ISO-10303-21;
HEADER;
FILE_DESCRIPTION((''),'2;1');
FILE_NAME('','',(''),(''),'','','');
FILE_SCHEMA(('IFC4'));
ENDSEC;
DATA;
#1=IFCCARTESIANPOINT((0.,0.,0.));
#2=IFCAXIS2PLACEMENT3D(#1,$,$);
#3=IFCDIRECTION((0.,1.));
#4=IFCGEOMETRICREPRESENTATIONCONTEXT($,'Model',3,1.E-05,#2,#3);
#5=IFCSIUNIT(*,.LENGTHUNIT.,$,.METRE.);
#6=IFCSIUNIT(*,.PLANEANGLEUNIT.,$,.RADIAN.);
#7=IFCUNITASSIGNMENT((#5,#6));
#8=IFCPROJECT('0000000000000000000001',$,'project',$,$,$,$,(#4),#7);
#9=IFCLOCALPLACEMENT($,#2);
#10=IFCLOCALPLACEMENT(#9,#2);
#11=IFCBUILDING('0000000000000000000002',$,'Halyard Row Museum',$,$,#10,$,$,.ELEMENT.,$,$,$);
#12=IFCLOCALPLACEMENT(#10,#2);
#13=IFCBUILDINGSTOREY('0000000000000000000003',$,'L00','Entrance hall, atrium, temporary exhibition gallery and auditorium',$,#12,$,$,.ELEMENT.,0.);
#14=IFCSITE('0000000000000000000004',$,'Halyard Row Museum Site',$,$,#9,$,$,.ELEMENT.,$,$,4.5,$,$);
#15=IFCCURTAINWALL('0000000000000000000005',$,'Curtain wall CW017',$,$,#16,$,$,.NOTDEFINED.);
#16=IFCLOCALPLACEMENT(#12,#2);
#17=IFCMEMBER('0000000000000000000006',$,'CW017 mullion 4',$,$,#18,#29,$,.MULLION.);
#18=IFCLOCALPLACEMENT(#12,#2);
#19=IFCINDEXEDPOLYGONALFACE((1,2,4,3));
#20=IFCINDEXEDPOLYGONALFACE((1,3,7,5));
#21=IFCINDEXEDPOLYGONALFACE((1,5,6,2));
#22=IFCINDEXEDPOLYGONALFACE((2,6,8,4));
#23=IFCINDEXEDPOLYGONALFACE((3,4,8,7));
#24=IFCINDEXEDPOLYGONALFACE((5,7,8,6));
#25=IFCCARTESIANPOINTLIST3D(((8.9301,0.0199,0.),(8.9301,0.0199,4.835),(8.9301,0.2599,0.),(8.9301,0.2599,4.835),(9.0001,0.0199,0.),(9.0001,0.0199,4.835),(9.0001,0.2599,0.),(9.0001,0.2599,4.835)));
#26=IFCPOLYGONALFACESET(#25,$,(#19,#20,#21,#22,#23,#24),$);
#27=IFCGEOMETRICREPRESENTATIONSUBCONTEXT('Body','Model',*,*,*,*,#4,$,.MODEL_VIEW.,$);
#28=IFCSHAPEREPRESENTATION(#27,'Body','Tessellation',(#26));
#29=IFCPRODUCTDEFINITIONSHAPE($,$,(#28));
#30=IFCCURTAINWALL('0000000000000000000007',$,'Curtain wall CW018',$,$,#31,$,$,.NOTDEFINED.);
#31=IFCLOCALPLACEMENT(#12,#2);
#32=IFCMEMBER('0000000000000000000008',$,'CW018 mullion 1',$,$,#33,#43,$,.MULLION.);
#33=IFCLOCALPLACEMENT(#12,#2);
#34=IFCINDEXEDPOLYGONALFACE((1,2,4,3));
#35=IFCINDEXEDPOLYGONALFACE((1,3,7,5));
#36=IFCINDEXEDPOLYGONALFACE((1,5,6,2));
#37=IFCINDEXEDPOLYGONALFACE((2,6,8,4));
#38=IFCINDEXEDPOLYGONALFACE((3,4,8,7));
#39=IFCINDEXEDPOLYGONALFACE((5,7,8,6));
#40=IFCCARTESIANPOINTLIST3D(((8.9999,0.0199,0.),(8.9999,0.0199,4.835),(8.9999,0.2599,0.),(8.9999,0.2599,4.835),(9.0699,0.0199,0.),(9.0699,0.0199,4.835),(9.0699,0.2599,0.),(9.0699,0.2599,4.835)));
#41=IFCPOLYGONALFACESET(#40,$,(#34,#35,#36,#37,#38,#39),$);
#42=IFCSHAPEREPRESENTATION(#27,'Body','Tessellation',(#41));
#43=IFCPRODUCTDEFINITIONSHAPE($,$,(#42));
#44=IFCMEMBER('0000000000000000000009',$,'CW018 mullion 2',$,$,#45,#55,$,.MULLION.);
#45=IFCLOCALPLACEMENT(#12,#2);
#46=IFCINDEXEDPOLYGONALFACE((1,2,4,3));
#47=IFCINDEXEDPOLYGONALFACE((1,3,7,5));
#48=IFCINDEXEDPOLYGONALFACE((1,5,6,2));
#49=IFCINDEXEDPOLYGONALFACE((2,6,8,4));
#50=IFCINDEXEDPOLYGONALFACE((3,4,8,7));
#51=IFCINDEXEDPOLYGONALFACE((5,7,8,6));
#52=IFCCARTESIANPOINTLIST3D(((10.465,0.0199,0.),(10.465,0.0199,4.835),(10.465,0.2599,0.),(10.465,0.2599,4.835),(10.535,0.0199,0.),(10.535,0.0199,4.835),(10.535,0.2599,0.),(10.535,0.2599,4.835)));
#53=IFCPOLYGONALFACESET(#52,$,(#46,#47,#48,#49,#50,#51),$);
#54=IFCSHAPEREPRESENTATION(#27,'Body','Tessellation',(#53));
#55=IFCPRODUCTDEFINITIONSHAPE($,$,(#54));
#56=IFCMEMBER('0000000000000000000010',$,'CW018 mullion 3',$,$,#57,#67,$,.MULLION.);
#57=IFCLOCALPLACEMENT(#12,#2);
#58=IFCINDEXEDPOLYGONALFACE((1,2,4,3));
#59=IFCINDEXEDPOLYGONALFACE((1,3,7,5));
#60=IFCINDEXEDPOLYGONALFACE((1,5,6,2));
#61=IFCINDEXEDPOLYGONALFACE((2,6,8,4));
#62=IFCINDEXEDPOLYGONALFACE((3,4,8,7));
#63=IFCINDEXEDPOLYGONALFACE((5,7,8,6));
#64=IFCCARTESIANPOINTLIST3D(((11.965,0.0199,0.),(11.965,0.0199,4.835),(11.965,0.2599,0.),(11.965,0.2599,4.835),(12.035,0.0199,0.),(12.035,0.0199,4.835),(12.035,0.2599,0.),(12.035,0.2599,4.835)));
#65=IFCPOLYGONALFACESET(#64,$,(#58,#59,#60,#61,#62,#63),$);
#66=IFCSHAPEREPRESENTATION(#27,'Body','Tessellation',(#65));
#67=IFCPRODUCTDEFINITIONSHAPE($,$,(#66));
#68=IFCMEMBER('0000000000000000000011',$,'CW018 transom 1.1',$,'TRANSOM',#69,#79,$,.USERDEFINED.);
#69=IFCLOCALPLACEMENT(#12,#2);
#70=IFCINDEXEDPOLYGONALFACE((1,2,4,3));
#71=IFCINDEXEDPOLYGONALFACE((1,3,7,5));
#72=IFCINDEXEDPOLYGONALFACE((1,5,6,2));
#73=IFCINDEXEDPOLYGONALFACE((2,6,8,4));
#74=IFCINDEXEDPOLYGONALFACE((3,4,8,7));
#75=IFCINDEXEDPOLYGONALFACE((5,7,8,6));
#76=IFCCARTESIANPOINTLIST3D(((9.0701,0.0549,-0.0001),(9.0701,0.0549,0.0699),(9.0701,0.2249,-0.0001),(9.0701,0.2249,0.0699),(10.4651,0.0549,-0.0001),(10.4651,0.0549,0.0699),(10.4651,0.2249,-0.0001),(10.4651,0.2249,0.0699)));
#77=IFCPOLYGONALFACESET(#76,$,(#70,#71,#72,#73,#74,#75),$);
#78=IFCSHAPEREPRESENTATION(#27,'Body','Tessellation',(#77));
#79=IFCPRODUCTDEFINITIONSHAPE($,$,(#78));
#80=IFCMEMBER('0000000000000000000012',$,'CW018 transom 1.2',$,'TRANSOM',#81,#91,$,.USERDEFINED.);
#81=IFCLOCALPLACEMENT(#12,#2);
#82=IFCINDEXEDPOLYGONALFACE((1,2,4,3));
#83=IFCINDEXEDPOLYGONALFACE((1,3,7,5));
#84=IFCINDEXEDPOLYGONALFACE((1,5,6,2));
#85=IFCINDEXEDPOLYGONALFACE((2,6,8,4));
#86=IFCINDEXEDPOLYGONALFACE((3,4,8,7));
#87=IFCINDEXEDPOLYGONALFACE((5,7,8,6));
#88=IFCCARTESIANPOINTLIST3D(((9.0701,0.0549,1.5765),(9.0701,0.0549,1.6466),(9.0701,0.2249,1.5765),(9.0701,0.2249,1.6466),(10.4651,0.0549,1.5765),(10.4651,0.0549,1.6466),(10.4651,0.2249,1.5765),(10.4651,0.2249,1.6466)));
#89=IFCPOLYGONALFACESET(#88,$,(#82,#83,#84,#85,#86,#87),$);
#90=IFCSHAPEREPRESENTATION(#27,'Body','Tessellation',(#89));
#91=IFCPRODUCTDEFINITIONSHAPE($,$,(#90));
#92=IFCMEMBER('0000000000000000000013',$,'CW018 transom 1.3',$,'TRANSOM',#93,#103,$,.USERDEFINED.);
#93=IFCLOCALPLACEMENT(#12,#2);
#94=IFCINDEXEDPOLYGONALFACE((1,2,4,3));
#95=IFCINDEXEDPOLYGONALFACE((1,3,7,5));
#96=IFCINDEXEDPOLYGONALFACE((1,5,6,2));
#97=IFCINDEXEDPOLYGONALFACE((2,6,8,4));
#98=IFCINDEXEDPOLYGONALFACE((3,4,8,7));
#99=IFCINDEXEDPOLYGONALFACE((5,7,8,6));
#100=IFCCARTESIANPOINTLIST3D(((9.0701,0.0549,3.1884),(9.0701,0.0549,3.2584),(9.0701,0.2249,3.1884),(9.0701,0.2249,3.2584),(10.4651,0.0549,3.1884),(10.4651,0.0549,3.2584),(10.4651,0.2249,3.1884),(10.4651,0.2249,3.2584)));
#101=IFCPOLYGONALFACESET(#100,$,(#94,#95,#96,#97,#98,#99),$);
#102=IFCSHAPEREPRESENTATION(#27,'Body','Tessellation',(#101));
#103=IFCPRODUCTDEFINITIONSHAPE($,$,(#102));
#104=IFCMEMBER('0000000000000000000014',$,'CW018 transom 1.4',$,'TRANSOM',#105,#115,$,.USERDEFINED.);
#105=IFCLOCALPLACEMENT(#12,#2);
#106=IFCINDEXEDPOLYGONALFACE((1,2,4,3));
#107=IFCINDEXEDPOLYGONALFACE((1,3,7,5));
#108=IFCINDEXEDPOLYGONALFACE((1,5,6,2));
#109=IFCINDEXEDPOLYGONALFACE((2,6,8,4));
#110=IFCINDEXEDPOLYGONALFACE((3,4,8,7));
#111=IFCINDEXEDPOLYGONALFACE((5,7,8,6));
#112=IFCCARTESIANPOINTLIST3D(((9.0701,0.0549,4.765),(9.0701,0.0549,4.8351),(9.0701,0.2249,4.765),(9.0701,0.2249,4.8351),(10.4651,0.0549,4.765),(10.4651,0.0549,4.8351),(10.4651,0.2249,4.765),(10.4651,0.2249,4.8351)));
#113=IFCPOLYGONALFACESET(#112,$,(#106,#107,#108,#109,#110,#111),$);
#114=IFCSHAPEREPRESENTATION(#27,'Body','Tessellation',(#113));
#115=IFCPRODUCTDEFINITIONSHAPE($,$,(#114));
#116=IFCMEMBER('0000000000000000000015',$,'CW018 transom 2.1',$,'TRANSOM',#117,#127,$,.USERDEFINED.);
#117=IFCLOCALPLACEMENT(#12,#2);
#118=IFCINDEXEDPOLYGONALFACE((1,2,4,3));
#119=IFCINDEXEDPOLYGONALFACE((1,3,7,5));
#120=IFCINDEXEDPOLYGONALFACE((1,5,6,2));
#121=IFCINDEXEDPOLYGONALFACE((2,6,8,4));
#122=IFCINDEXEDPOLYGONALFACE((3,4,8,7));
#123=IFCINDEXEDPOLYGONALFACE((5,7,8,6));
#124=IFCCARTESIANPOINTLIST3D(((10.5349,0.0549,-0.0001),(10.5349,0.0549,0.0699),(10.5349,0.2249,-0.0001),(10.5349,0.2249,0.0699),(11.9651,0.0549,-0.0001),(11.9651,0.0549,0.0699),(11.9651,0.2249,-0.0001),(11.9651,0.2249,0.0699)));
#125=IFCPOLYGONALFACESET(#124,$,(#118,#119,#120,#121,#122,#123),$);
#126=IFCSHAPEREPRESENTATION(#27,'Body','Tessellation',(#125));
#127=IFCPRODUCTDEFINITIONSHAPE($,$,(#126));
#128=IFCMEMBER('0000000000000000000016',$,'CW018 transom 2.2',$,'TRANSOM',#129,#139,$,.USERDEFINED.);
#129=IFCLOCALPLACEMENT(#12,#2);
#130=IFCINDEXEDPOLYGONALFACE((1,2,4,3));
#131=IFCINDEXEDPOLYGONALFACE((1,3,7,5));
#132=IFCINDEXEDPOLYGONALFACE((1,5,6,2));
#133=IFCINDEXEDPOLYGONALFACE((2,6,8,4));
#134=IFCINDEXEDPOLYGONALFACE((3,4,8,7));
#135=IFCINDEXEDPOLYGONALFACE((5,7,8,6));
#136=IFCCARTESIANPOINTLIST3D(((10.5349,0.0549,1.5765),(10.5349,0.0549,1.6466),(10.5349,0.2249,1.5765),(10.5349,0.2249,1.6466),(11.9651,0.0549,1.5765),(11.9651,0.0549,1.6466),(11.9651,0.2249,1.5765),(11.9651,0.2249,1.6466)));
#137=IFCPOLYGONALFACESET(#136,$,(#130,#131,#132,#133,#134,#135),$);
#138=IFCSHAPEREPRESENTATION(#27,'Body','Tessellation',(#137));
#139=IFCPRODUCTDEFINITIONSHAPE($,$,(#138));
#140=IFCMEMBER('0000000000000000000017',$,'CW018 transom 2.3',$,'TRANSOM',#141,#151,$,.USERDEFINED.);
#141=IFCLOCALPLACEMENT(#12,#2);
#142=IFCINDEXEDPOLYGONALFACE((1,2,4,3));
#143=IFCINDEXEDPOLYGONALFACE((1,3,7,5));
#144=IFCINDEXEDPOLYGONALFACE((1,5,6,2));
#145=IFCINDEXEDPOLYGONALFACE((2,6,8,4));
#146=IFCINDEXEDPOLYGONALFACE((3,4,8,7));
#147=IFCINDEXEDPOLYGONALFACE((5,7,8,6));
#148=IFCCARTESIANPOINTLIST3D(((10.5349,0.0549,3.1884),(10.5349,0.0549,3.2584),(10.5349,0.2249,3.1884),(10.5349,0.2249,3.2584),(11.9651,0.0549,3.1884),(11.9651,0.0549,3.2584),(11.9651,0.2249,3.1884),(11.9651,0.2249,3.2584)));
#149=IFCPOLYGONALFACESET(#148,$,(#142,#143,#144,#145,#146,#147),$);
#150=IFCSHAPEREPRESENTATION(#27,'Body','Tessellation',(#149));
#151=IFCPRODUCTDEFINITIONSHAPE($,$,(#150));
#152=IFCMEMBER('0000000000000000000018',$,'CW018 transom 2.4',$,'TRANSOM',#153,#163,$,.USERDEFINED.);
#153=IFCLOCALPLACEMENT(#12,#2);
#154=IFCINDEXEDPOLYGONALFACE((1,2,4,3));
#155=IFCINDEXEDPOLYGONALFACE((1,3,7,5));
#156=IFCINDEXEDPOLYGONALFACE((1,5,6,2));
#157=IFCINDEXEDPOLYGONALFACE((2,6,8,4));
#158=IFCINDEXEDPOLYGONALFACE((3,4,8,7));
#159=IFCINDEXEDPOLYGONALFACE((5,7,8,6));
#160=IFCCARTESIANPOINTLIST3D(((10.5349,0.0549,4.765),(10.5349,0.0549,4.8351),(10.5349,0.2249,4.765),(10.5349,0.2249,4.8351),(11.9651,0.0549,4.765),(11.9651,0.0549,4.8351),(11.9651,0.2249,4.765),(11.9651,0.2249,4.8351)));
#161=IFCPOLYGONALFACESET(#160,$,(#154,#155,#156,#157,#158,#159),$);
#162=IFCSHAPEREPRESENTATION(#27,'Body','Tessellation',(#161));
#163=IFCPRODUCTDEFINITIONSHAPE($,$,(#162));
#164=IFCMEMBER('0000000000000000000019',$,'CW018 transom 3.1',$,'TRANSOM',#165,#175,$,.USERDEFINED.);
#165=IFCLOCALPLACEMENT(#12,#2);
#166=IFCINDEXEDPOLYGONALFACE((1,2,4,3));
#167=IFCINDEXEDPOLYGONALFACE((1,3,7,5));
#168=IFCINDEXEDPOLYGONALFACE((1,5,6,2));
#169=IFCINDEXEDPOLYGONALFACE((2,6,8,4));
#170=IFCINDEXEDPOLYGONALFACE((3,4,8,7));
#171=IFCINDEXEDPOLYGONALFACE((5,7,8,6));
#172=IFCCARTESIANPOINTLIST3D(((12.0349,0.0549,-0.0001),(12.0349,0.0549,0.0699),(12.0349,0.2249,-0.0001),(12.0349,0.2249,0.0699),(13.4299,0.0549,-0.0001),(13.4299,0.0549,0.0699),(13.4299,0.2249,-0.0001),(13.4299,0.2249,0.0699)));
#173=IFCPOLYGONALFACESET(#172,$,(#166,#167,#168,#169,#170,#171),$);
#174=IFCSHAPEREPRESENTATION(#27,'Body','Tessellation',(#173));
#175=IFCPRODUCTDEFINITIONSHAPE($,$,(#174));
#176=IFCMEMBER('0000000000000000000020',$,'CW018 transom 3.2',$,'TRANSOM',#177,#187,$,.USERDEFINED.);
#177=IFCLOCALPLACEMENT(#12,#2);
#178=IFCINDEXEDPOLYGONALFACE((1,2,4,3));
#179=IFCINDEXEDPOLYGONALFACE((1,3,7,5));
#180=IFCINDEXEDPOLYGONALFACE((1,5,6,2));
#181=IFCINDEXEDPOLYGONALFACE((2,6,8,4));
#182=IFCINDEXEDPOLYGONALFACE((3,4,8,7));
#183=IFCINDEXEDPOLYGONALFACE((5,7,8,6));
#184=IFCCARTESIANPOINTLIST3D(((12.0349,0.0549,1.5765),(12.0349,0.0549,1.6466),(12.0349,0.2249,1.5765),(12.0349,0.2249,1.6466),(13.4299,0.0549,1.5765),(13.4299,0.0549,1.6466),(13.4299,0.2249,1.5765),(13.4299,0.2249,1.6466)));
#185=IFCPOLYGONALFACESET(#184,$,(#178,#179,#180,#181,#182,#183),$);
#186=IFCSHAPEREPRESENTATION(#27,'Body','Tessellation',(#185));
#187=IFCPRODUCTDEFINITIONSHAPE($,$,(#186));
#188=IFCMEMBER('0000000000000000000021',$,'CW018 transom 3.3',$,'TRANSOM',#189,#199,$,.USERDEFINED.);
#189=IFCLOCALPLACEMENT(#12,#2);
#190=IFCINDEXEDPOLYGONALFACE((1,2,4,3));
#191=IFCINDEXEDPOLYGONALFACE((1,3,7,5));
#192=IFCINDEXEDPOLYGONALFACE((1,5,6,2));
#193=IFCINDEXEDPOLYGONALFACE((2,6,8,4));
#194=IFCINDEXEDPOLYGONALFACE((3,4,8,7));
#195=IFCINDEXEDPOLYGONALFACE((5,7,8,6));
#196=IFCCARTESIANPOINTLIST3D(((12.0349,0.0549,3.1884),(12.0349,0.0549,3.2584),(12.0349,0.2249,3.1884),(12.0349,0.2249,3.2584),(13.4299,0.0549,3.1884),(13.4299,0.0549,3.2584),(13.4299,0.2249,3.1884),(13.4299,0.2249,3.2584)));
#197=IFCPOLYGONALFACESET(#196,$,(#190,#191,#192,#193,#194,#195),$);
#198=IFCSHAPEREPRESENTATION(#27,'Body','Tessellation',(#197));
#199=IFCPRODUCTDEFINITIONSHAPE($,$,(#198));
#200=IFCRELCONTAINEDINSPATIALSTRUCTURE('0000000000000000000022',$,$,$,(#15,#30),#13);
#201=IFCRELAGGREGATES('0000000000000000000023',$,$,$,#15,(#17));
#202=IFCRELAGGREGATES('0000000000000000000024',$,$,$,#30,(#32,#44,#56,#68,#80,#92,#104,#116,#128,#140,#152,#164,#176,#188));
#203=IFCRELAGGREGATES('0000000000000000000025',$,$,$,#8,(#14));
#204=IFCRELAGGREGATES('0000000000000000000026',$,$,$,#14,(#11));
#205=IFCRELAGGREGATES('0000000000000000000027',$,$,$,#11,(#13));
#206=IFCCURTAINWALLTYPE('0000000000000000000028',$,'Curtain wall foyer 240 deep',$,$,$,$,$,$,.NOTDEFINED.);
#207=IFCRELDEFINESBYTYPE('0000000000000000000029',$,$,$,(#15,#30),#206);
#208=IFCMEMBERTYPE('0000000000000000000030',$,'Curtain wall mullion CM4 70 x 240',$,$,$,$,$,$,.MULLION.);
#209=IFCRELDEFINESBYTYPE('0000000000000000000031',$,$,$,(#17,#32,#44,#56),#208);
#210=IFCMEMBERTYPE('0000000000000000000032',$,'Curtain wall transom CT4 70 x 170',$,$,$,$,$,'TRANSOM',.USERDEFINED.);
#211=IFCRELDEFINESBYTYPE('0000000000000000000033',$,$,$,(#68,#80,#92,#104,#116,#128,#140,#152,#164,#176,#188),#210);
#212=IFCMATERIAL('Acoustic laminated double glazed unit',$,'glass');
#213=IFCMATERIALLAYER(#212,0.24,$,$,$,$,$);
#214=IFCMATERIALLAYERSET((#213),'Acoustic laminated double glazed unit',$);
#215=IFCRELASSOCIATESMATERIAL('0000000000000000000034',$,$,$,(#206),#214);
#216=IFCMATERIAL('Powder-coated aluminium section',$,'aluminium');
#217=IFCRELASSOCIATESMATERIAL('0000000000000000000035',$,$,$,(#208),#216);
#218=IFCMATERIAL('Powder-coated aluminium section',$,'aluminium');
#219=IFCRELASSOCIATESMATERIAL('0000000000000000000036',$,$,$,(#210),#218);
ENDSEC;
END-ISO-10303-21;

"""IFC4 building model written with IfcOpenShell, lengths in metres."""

from ifc_helpers import new_model, si_unit, direction, frame, origin, origin_2d, place, context, subcontext, project, spatial, rectangle, extrude, material, layer, layer_set, material_profile, profile_set, type_object, element, aggregate, save


model = new_model("IFC4")

# Units and contexts
model_context = context("Model", 3, precision=1e-05, world=origin(), true_north=direction((0.0, 1.0)))
body_context = subcontext(model_context, "Body", "Model", "MODEL_VIEW")
ifc_project = project(units=[si_unit("LENGTHUNIT", "METRE"), si_unit("PLANEANGLEUNIT", "RADIAN")], contexts=[model_context])

# Site, building, storey
site_placement = place(None, origin())
site = spatial("IfcSite", under=ifc_project, at=site_placement, Name="Halyard Row Museum Site", CompositionType="ELEMENT", RefElevation=4.5)
building_placement = place(site_placement, origin())
building = spatial("IfcBuilding", under=site, at=building_placement, Name="Halyard Row Museum", CompositionType="ELEMENT")
storey_placement = place(building_placement, origin())
storey = spatial("IfcBuildingStorey", under=building, at=storey_placement, Name="L00", Description="Entrance hall, atrium, temporary exhibition gallery and auditorium", CompositionType="ELEMENT", Elevation=0.0)

# Curtain wall, member
ifc_material_1 = material(Name="Acoustic laminated double glazed unit", Category="glass")
ifc_layer_1 = layer(ifc_material_1, 0.24)
ifc_layer_set_1 = layer_set([ifc_layer_1], Name="Acoustic laminated double glazed unit")
curtain_wall_type = type_object("IfcCurtainWallType", Name="Curtain wall foyer 240 deep", PredefinedType="NOTDEFINED", material=ifc_layer_set_1)
curtain_wall_1_placement = place(storey_placement, origin())
curtain_wall_1 = element("IfcCurtainWall", 1, at=curtain_wall_1_placement, inside=storey, type_object=curtain_wall_type, Name="Curtain wall CW017", PredefinedType="NOTDEFINED")
ifc_material_2 = material(Name="Powder-coated aluminium section", Category="aluminium")
ifc_material_profile_1 = material_profile(ifc_material_2, rectangle(XDim=0.24, YDim=0.0701, at=origin_2d()), Name="240x70 mullion")
ifc_profile_set_1 = profile_set([ifc_material_profile_1], Name="Powder-coated aluminium section")
member_type_1 = type_object("IfcMemberType", Name="Curtain wall mullion CM4 70 x 240", PredefinedType="MULLION", material=ifc_profile_set_1)
member_1_placement = place(storey_placement, frame((8.9651, 0.1399, 0.0), z_axis=(0.0, 0.0, 1.0), x_axis=(0.0, 1.0, 0.0)))
member_1 = element("IfcMember", 2, at=member_1_placement, type_object=member_type_1, Name="CW017 mullion 4", PredefinedType="MULLION", context=body_context, shape_type="SweptSolid", body=[
    extrude(rectangle(XDim=0.24, YDim=0.0701, at=origin_2d()), origin(), (0.0, 0.0, 1.0), 4.835),
])

# Curtain wall, members
curtain_wall_2_placement = place(storey_placement, origin())
curtain_wall_2 = element("IfcCurtainWall", 3, at=curtain_wall_2_placement, inside=storey, type_object=curtain_wall_type, Name="Curtain wall CW018", PredefinedType="NOTDEFINED")
member_2_placement = place(storey_placement, frame((9.0349, 0.1399, 0.0), z_axis=(0.0, 0.0, 1.0), x_axis=(0.0, 1.0, 0.0)))
member_2 = element("IfcMember", 4, at=member_2_placement, type_object=member_type_1, Name="CW018 mullion 1", PredefinedType="MULLION", context=body_context, shape_type="SweptSolid", body=[
    extrude(rectangle(XDim=0.24, YDim=0.0701, at=origin_2d()), origin(), (0.0, 0.0, 1.0), 4.835),
])
member_3_placement = place(storey_placement, frame((10.5, 0.1399, 0.0), z_axis=(0.0, 0.0, 1.0), x_axis=(0.0, 1.0, 0.0)))
member_3 = element("IfcMember", 5, at=member_3_placement, type_object=member_type_1, Name="CW018 mullion 2", PredefinedType="MULLION", context=body_context, shape_type="SweptSolid", body=[
    extrude(rectangle(XDim=0.24, YDim=0.0701, at=origin_2d()), origin(), (0.0, 0.0, 1.0), 4.835),
])
member_4_placement = place(storey_placement, frame((12.0, 0.1399, 0.0), z_axis=(0.0, 0.0, 1.0), x_axis=(0.0, 1.0, 0.0)))
member_4 = element("IfcMember", 6, at=member_4_placement, type_object=member_type_1, Name="CW018 mullion 3", PredefinedType="MULLION", context=body_context, shape_type="SweptSolid", body=[
    extrude(rectangle(XDim=0.24, YDim=0.0701, at=origin_2d()), origin(), (0.0, 0.0, 1.0), 4.835),
])
ifc_material_3 = material(Name="Powder-coated aluminium section", Category="aluminium")
ifc_material_profile_2 = material_profile(ifc_material_3, rectangle(XDim=0.1699, YDim=0.0701, at=origin_2d()), Name="170x70 transom")
ifc_profile_set_2 = profile_set([ifc_material_profile_2], Name="Powder-coated aluminium section")
member_type_2 = type_object("IfcMemberType", Name="Curtain wall transom CT4 70 x 170", ElementType="TRANSOM", PredefinedType="USERDEFINED", material=ifc_profile_set_2)
member_5_placement = place(storey_placement, frame((9.0701, 0.1399, 0.0349), z_axis=(1.0, 0.0, 0.0), x_axis=(0.0, 1.0, 0.0)))
member_5 = element("IfcMember", 7, at=member_5_placement, type_object=member_type_2, Name="CW018 transom 1.1", ObjectType="TRANSOM", PredefinedType="USERDEFINED", context=body_context, shape_type="SweptSolid", body=[
    extrude(rectangle(XDim=0.1699, YDim=0.0701, at=origin_2d()), origin(), (0.0, 0.0, 1.0), 1.395),
])
member_6_placement = place(storey_placement, frame((9.0701, 0.1399, 1.6116), z_axis=(1.0, 0.0, 0.0), x_axis=(0.0, 1.0, 0.0)))
member_6 = element("IfcMember", 8, at=member_6_placement, type_object=member_type_2, Name="CW018 transom 1.2", ObjectType="TRANSOM", PredefinedType="USERDEFINED", context=body_context, shape_type="SweptSolid", body=[
    extrude(rectangle(XDim=0.1699, YDim=0.0701, at=origin_2d()), origin(), (0.0, 0.0, 1.0), 1.395),
])
member_7_placement = place(storey_placement, frame((9.0701, 0.1399, 3.2234), z_axis=(1.0, 0.0, 0.0), x_axis=(0.0, 1.0, 0.0)))
member_7 = element("IfcMember", 9, at=member_7_placement, type_object=member_type_2, Name="CW018 transom 1.3", ObjectType="TRANSOM", PredefinedType="USERDEFINED", context=body_context, shape_type="SweptSolid", body=[
    extrude(rectangle(XDim=0.1699, YDim=0.0701, at=origin_2d()), origin(), (0.0, 0.0, 1.0), 1.395),
])
member_8_placement = place(storey_placement, frame((9.0701, 0.1399, 4.8), z_axis=(1.0, 0.0, 0.0), x_axis=(0.0, 1.0, 0.0)))
member_8 = element("IfcMember", 10, at=member_8_placement, type_object=member_type_2, Name="CW018 transom 1.4", ObjectType="TRANSOM", PredefinedType="USERDEFINED", context=body_context, shape_type="SweptSolid", body=[
    extrude(rectangle(XDim=0.1699, YDim=0.0701, at=origin_2d()), origin(), (0.0, 0.0, 1.0), 1.395),
])
member_9_placement = place(storey_placement, frame((10.5349, 0.1399, 0.0349), z_axis=(1.0, 0.0, 0.0), x_axis=(0.0, 1.0, 0.0)))
member_9 = element("IfcMember", 11, at=member_9_placement, type_object=member_type_2, Name="CW018 transom 2.1", ObjectType="TRANSOM", PredefinedType="USERDEFINED", context=body_context, shape_type="SweptSolid", body=[
    extrude(rectangle(XDim=0.1699, YDim=0.0701, at=origin_2d()), origin(), (0.0, 0.0, 1.0), 1.4302),
])
member_10_placement = place(storey_placement, frame((10.5349, 0.1399, 1.6116), z_axis=(1.0, 0.0, 0.0), x_axis=(0.0, 1.0, 0.0)))
member_10 = element("IfcMember", 12, at=member_10_placement, type_object=member_type_2, Name="CW018 transom 2.2", ObjectType="TRANSOM", PredefinedType="USERDEFINED", context=body_context, shape_type="SweptSolid", body=[
    extrude(rectangle(XDim=0.1699, YDim=0.0701, at=origin_2d()), origin(), (0.0, 0.0, 1.0), 1.4302),
])
member_11_placement = place(storey_placement, frame((10.5349, 0.1399, 3.2234), z_axis=(1.0, 0.0, 0.0), x_axis=(0.0, 1.0, 0.0)))
member_11 = element("IfcMember", 13, at=member_11_placement, type_object=member_type_2, Name="CW018 transom 2.3", ObjectType="TRANSOM", PredefinedType="USERDEFINED", context=body_context, shape_type="SweptSolid", body=[
    extrude(rectangle(XDim=0.1699, YDim=0.0701, at=origin_2d()), origin(), (0.0, 0.0, 1.0), 1.4302),
])
member_12_placement = place(storey_placement, frame((10.5349, 0.1399, 4.8), z_axis=(1.0, 0.0, 0.0), x_axis=(0.0, 1.0, 0.0)))
member_12 = element("IfcMember", 14, at=member_12_placement, type_object=member_type_2, Name="CW018 transom 2.4", ObjectType="TRANSOM", PredefinedType="USERDEFINED", context=body_context, shape_type="SweptSolid", body=[
    extrude(rectangle(XDim=0.1699, YDim=0.0701, at=origin_2d()), origin(), (0.0, 0.0, 1.0), 1.4302),
])
member_13_placement = place(storey_placement, frame((12.0349, 0.1399, 0.0349), z_axis=(1.0, 0.0, 0.0), x_axis=(0.0, 1.0, 0.0)))
member_13 = element("IfcMember", 15, at=member_13_placement, type_object=member_type_2, Name="CW018 transom 3.1", ObjectType="TRANSOM", PredefinedType="USERDEFINED", context=body_context, shape_type="SweptSolid", body=[
    extrude(rectangle(XDim=0.1699, YDim=0.0701, at=origin_2d()), origin(), (0.0, 0.0, 1.0), 1.395),
])
member_14_placement = place(storey_placement, frame((12.0349, 0.1399, 1.6116), z_axis=(1.0, 0.0, 0.0), x_axis=(0.0, 1.0, 0.0)))
member_14 = element("IfcMember", 16, at=member_14_placement, type_object=member_type_2, Name="CW018 transom 3.2", ObjectType="TRANSOM", PredefinedType="USERDEFINED", context=body_context, shape_type="SweptSolid", body=[
    extrude(rectangle(XDim=0.1699, YDim=0.0701, at=origin_2d()), origin(), (0.0, 0.0, 1.0), 1.395),
])
member_15_placement = place(storey_placement, frame((12.0349, 0.1399, 3.2234), z_axis=(1.0, 0.0, 0.0), x_axis=(0.0, 1.0, 0.0)))
member_15 = element("IfcMember", 17, at=member_15_placement, type_object=member_type_2, Name="CW018 transom 3.3", ObjectType="TRANSOM", PredefinedType="USERDEFINED", context=body_context, shape_type="SweptSolid", body=[
    extrude(rectangle(XDim=0.1699, YDim=0.0701, at=origin_2d()), origin(), (0.0, 0.0, 1.0), 1.395),
])

aggregate(curtain_wall_1, [member_1])
aggregate(curtain_wall_2, [member_2, member_3, member_4, member_5, member_6, member_7, member_8, member_9, member_10, member_11, member_12, member_13, member_14, member_15])

save(model, "model.ifc")
